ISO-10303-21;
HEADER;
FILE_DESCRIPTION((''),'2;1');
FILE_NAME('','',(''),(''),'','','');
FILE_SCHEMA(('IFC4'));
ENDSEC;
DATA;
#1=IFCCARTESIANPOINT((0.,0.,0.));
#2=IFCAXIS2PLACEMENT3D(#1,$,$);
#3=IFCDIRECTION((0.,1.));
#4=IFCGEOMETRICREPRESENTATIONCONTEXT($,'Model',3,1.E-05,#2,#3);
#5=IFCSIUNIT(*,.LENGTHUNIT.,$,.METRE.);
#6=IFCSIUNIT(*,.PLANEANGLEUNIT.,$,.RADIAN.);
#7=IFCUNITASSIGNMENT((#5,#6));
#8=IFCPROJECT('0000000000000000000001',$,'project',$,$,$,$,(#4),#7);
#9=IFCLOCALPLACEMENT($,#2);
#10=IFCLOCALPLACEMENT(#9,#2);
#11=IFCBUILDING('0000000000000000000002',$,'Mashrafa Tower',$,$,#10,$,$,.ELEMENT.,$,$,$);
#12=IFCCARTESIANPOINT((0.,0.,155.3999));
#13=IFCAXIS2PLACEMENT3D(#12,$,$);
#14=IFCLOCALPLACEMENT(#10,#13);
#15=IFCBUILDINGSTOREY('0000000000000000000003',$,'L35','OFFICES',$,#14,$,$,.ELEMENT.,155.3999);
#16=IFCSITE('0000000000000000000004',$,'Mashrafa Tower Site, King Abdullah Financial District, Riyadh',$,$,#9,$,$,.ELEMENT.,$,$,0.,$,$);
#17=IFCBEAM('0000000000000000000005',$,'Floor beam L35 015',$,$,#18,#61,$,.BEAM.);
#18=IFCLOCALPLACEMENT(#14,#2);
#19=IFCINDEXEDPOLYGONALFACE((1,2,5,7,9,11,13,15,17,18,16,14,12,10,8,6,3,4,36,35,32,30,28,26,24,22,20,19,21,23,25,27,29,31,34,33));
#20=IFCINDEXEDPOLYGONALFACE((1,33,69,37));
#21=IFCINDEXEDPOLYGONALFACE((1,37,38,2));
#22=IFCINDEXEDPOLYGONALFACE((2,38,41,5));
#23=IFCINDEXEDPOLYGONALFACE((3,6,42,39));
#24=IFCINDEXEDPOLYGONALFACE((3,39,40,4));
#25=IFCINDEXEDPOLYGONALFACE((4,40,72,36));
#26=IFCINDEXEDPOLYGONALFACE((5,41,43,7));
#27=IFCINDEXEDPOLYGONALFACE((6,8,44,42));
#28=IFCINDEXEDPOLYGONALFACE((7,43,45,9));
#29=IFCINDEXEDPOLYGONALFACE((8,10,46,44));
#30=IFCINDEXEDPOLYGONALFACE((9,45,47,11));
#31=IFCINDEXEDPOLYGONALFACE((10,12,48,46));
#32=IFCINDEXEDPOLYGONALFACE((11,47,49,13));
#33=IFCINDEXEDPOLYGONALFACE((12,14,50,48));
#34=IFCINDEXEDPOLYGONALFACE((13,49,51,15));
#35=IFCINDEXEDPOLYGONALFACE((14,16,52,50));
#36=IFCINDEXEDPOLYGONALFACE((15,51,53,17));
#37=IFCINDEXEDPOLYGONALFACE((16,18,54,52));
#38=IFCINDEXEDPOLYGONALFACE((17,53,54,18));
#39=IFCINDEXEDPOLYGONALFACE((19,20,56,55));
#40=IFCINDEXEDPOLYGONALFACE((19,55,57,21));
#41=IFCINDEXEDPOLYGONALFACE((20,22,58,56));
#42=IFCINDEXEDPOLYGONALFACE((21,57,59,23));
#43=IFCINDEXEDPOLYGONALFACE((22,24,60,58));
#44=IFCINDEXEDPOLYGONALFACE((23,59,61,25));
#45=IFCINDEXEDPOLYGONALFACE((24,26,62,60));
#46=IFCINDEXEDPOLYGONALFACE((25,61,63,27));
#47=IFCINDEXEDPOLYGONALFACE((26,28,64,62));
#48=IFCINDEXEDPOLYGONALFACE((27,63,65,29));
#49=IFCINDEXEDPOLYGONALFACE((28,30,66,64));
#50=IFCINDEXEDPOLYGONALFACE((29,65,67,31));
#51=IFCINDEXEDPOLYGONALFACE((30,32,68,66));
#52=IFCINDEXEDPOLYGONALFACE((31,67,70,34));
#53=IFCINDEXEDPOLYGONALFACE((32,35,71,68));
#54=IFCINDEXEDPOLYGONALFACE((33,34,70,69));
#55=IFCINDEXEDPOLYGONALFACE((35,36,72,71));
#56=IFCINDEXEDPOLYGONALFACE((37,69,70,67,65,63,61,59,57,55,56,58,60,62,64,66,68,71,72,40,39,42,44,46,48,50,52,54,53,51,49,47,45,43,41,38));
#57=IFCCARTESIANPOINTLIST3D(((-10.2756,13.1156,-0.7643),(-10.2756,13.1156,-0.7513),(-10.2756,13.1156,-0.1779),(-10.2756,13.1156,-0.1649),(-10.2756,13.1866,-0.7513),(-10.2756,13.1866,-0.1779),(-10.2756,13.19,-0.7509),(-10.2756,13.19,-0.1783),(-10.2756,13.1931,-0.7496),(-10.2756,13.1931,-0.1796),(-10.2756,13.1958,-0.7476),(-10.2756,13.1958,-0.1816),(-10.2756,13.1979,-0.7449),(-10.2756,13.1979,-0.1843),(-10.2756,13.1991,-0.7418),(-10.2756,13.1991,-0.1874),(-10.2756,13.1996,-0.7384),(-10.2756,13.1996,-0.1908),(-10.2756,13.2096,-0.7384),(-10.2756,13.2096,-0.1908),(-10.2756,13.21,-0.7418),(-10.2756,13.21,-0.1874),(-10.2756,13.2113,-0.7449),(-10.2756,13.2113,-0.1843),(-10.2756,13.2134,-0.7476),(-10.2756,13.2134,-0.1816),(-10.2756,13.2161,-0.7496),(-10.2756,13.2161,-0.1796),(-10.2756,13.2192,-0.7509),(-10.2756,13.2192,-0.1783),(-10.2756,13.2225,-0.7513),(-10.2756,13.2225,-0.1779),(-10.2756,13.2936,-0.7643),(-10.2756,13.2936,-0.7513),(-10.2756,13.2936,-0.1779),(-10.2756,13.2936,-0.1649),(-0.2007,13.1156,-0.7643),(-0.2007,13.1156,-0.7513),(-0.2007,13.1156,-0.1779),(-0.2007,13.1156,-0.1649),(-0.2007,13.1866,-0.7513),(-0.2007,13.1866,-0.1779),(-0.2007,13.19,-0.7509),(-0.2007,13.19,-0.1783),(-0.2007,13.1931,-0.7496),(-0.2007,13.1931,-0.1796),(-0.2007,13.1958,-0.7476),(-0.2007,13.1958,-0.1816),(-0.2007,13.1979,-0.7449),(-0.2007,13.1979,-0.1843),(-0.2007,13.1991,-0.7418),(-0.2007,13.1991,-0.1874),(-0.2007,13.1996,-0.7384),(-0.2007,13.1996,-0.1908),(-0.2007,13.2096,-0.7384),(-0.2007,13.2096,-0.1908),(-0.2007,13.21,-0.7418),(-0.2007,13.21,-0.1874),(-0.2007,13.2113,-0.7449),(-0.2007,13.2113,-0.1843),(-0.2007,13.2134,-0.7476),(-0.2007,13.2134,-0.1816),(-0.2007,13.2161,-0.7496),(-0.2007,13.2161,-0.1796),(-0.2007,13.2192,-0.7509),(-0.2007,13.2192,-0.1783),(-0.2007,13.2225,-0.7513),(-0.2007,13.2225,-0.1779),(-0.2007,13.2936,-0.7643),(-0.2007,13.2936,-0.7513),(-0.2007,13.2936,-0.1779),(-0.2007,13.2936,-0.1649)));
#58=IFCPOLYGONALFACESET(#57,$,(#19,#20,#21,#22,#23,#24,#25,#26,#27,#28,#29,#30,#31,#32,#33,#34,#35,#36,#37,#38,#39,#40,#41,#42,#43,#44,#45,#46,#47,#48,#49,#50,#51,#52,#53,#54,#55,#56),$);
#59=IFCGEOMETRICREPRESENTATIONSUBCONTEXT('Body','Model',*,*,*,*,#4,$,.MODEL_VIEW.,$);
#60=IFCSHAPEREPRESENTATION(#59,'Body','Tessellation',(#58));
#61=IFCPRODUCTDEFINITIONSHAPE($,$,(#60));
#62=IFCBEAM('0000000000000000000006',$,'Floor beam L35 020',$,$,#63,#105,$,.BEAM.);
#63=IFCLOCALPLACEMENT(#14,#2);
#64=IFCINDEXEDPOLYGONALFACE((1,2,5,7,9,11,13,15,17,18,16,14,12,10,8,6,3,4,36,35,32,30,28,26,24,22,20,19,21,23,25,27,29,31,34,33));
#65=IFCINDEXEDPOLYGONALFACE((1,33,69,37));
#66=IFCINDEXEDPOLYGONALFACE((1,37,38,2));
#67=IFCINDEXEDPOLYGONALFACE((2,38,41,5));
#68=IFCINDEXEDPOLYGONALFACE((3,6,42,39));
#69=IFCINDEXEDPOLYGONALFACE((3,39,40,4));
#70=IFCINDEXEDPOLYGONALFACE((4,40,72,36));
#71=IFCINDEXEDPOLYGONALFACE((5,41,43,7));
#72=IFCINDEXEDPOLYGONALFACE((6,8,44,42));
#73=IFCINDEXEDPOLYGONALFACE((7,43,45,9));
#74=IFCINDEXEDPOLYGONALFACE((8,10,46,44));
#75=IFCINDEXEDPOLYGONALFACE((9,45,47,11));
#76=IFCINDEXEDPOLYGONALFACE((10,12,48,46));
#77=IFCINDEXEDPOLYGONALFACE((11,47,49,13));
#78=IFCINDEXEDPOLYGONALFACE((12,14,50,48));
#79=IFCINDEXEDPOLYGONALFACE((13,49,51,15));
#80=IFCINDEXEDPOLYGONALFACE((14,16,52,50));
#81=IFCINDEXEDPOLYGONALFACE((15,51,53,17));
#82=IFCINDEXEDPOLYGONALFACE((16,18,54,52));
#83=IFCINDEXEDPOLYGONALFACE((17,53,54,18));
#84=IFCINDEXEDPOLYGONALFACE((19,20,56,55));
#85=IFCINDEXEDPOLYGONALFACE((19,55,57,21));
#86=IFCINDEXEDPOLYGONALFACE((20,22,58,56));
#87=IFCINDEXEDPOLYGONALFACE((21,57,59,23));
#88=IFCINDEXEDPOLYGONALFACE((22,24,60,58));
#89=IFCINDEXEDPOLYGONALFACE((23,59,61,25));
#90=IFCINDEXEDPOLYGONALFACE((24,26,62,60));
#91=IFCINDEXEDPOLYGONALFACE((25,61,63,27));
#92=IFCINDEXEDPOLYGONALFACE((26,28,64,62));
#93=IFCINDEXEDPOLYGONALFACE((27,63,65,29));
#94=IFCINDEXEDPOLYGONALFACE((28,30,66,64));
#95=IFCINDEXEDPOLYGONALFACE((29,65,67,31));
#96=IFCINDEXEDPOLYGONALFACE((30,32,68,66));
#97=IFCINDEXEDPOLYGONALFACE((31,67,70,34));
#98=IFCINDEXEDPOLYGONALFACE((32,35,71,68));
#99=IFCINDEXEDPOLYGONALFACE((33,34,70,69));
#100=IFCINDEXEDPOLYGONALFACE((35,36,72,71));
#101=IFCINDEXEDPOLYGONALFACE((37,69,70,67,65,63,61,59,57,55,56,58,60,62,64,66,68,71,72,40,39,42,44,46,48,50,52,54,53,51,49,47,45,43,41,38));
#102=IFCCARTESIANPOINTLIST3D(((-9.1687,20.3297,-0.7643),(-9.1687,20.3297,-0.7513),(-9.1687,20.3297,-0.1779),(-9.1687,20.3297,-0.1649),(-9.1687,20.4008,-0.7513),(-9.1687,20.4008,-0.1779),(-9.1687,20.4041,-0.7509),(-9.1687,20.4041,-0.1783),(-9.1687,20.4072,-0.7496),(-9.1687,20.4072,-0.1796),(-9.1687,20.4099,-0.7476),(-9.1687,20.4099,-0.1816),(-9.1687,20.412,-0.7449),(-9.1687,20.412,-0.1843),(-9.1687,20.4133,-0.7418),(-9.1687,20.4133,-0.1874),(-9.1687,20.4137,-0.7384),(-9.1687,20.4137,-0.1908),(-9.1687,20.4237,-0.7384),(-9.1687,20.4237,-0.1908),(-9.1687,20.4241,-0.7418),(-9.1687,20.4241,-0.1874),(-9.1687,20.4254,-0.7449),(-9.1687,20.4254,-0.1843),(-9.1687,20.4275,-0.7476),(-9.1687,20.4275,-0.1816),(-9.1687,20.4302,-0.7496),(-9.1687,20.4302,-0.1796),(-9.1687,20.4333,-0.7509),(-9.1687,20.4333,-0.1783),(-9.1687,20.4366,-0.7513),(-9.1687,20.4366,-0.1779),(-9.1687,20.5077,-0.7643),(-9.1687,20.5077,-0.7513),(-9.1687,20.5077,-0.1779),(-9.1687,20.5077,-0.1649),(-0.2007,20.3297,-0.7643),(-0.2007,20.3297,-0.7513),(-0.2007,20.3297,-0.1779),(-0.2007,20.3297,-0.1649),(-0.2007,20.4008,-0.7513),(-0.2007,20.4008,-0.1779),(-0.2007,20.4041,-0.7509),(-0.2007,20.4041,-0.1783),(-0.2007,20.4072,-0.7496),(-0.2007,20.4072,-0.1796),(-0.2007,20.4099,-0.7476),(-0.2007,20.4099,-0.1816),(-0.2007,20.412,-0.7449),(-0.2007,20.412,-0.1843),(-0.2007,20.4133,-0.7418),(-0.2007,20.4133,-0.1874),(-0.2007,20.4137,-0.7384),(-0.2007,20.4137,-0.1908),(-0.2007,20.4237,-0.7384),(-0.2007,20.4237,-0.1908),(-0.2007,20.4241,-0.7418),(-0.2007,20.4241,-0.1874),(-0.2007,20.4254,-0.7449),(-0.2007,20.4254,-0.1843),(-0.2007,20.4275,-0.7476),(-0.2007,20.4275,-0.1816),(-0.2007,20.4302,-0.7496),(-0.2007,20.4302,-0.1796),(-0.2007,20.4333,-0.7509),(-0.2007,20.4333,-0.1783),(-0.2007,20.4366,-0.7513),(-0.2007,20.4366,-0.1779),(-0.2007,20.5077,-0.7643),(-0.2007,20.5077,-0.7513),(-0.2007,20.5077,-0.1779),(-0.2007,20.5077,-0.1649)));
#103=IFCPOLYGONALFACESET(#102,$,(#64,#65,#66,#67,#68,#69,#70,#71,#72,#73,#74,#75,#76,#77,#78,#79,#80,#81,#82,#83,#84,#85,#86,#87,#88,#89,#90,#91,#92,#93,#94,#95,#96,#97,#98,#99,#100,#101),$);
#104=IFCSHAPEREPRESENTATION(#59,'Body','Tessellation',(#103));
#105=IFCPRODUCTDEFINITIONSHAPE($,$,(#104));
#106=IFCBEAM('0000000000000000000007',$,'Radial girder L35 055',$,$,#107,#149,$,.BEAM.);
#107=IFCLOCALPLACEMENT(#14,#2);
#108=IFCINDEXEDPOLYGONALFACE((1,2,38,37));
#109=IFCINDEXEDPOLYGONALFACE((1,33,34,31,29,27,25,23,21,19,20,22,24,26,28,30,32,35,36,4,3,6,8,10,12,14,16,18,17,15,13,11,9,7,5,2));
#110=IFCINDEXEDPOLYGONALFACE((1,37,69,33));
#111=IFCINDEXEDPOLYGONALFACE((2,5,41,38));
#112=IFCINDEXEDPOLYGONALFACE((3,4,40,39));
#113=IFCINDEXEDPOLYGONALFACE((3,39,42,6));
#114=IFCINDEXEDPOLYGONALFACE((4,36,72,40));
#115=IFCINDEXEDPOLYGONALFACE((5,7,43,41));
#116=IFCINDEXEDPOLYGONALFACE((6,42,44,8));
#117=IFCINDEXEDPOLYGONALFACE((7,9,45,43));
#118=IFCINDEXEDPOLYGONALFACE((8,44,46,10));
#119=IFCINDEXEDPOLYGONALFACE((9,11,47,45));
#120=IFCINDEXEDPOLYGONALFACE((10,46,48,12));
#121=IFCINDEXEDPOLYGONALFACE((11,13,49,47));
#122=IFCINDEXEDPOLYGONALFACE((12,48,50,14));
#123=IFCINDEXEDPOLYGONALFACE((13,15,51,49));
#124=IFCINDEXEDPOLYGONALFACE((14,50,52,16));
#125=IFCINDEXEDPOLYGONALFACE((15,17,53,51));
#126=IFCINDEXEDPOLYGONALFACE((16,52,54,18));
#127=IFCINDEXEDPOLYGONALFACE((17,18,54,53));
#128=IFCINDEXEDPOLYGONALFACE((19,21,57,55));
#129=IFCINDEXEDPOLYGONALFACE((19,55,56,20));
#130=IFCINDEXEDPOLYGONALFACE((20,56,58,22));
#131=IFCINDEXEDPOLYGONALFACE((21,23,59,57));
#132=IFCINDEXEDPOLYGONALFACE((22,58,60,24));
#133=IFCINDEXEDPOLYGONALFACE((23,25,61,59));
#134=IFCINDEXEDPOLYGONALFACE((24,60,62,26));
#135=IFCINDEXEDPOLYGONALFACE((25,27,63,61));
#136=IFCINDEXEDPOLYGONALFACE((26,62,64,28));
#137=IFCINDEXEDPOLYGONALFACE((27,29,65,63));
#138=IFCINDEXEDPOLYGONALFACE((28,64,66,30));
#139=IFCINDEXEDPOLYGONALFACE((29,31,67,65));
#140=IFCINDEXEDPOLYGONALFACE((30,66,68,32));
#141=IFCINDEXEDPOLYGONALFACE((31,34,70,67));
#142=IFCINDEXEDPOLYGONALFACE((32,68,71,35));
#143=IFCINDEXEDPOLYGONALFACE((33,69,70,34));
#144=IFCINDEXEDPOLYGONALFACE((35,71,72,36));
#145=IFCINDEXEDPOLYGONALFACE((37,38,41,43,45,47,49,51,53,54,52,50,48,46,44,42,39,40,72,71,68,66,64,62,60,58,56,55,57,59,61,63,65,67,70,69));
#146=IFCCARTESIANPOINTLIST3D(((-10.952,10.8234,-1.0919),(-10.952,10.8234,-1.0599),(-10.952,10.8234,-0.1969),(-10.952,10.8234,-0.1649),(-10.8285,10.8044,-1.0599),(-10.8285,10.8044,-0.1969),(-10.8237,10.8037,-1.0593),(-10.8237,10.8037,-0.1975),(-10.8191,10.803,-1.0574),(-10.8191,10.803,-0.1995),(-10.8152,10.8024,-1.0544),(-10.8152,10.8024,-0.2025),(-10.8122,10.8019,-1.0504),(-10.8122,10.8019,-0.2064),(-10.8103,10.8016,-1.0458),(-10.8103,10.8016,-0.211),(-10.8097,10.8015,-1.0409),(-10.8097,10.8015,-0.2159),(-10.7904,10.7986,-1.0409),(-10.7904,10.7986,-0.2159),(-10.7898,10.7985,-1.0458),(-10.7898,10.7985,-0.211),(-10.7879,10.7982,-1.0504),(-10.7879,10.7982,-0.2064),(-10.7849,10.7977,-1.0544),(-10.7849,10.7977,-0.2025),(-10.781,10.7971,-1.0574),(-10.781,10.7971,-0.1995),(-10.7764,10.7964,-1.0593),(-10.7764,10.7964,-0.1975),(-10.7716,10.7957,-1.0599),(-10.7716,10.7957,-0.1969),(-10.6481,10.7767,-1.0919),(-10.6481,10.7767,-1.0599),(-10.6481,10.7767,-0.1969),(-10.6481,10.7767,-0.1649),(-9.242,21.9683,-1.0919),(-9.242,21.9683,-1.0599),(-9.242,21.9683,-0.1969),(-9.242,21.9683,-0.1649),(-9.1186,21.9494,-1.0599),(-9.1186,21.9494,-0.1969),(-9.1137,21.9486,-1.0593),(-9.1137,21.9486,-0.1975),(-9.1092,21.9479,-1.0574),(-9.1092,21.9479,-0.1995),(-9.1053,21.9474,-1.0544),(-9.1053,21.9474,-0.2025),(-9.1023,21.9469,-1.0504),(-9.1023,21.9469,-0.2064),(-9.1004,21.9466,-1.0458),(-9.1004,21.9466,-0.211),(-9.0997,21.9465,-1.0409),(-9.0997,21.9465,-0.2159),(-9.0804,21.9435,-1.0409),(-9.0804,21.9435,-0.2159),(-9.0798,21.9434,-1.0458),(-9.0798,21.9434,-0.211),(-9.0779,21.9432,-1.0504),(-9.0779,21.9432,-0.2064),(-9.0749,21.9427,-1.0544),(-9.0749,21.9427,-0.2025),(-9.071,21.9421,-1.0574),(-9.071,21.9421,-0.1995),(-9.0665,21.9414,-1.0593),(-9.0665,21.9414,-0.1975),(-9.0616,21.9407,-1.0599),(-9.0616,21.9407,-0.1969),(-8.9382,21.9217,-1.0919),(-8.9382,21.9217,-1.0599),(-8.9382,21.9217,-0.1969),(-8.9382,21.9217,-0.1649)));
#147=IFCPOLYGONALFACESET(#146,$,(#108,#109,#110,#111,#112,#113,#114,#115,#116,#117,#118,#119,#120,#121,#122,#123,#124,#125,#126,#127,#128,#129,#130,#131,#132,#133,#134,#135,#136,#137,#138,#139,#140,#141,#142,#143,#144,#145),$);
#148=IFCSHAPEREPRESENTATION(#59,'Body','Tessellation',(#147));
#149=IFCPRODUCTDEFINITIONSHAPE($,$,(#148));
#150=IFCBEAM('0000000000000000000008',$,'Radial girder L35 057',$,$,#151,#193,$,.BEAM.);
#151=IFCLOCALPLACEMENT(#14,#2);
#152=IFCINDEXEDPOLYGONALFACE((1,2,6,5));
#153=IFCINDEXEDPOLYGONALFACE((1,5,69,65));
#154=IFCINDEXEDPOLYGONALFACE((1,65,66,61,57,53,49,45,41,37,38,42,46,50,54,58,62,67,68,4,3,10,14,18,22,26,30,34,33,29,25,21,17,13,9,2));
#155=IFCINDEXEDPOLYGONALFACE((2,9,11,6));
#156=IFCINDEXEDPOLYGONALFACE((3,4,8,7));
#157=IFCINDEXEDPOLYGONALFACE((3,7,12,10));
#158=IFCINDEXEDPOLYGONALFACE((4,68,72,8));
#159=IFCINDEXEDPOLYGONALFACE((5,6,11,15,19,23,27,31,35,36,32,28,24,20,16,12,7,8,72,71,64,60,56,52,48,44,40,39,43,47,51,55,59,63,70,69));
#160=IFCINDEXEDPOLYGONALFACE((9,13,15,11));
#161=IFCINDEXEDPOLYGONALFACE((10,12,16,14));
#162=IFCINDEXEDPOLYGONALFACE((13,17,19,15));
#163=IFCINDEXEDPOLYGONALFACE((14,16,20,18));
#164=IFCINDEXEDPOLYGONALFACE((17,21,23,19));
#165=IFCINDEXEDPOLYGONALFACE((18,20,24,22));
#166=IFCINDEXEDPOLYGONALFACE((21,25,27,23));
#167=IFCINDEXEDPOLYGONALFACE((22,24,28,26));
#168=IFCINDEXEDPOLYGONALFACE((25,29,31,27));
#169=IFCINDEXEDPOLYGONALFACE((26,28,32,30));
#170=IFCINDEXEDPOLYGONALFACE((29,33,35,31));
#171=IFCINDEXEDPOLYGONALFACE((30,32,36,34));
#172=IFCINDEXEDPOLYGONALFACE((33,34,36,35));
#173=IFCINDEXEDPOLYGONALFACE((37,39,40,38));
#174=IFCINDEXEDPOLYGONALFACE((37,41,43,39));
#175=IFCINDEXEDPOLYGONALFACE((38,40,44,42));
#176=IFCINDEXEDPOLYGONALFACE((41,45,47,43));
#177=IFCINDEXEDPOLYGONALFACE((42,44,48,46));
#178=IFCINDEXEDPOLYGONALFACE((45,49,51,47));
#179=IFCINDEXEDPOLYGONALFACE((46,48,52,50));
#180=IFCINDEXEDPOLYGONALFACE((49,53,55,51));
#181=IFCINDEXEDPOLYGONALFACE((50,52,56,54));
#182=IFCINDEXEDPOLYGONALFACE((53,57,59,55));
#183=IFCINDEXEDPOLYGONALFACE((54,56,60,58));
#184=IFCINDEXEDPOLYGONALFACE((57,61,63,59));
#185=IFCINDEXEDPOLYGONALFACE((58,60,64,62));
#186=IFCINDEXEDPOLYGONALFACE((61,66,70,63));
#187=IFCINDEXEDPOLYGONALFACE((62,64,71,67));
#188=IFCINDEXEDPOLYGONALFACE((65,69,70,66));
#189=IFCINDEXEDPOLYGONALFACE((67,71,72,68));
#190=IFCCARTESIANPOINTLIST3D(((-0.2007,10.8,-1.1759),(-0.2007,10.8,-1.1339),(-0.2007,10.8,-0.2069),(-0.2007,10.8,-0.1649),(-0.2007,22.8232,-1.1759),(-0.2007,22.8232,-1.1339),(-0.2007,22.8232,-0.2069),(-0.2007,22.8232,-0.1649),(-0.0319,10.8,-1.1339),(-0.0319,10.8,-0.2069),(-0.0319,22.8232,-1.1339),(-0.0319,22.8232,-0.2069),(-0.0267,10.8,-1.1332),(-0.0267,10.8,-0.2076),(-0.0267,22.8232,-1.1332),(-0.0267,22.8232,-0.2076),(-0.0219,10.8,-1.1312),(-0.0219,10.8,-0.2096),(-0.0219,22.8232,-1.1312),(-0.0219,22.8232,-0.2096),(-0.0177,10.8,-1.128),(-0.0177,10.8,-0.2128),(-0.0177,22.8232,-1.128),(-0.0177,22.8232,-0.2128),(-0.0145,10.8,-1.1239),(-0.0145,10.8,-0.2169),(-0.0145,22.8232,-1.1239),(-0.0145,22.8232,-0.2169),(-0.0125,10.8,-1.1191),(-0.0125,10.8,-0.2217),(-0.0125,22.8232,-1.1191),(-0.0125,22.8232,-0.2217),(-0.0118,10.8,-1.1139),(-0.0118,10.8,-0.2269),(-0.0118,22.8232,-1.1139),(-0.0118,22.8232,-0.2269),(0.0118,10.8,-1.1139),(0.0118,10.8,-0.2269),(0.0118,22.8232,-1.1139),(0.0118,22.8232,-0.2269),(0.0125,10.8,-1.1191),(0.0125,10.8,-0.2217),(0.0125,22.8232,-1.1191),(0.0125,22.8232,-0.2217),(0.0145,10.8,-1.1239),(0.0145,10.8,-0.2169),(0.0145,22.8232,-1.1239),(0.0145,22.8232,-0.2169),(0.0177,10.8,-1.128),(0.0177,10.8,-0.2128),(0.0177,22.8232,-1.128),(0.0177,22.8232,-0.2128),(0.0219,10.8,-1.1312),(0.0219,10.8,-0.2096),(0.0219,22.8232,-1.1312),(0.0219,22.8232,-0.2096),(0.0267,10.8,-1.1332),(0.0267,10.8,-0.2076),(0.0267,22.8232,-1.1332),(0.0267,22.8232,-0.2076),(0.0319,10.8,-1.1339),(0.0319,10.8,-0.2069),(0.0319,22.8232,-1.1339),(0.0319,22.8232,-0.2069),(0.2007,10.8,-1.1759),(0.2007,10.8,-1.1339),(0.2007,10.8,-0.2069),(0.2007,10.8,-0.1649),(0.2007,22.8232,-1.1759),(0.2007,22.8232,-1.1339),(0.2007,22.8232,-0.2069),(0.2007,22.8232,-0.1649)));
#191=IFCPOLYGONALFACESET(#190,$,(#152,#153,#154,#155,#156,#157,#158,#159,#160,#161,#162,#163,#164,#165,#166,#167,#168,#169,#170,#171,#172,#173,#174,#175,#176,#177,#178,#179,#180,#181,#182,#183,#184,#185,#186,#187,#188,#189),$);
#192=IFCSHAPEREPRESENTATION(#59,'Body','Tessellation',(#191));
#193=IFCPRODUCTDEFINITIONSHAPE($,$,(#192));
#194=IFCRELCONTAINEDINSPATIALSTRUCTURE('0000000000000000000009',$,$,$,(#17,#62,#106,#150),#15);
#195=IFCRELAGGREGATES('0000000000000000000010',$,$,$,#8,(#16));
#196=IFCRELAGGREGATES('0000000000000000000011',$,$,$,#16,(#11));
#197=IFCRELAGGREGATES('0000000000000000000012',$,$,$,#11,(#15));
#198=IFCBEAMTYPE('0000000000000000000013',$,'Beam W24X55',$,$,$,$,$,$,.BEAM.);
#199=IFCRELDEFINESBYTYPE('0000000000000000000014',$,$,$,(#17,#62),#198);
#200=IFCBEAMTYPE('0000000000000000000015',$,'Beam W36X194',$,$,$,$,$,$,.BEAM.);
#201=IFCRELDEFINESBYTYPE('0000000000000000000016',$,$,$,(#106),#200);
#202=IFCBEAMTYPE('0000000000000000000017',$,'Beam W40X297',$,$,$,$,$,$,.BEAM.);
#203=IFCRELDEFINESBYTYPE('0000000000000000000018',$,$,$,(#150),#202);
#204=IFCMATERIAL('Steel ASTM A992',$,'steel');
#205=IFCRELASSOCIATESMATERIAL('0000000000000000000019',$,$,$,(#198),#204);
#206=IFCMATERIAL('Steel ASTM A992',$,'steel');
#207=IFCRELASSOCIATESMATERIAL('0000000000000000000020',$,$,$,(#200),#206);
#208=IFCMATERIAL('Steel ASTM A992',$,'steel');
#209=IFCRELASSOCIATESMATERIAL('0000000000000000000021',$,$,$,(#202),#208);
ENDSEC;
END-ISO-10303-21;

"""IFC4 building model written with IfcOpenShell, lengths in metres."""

from ifc_helpers import new_model, si_unit, direction, frame, origin, origin_2d, place, context, subcontext, project, spatial, i_section, extrude, material, material_profile, profile_set, type_object, element, save


model = new_model("IFC4")

# Units and contexts
model_context = context("Model", 3, precision=1e-05, world=origin(), true_north=direction((0.0, 1.0)))
body_context = subcontext(model_context, "Body", "Model", "MODEL_VIEW")
ifc_project = project(units=[si_unit("LENGTHUNIT", "METRE"), si_unit("PLANEANGLEUNIT", "RADIAN")], contexts=[model_context])

# Site, building, storey
site_placement = place(None, origin())
site = spatial("IfcSite", under=ifc_project, at=site_placement, Name="Mashrafa Tower Site, King Abdullah Financial District, Riyadh", CompositionType="ELEMENT", RefElevation=0.0)
building_placement = place(site_placement, origin())
building = spatial("IfcBuilding", under=site, at=building_placement, Name="Mashrafa Tower", CompositionType="ELEMENT")
storey_placement = place(building_placement, frame((0.0, 0.0, 155.3999)))
storey = spatial("IfcBuildingStorey", under=building, at=storey_placement, Name="L35", Description="OFFICES", CompositionType="ELEMENT", Elevation=155.3999)

# Beams
ifc_material_1 = material(Name="Steel ASTM A992", Category="steel")
ifc_material_profile_1 = material_profile(ifc_material_1, i_section(OverallWidth=0.178, OverallDepth=0.5994, WebThickness=0.01, FlangeThickness=0.0129, FilletRadius=0.0129, at=origin_2d()), Name="W24X55")
ifc_profile_set_1 = profile_set([ifc_material_profile_1], Name="Steel ASTM A992")
beam_type_1 = type_object("IfcBeamType", Name="Beam W24X55", PredefinedType="BEAM", material=ifc_profile_set_1)
beam_1_placement = place(storey_placement, frame((-10.2756, 13.2046, -0.4646), z_axis=(1.0, 0.0, 0.0), x_axis=(0.0, 1.0, 0.0)))
element("IfcBeam", 1, at=beam_1_placement, inside=storey, type_object=beam_type_1, Name="Floor beam L35 015", PredefinedType="BEAM", context=body_context, shape_type="SweptSolid", body=[
    extrude(i_section(OverallWidth=0.178, OverallDepth=0.5994, WebThickness=0.01, FlangeThickness=0.0129, FilletRadius=0.0129, at=origin_2d()), origin(), (0.0, 0.0, 1.0), 10.075),
])
beam_2_placement = place(storey_placement, frame((-9.1687, 20.4187, -0.4646), z_axis=(1.0, 0.0, 0.0), x_axis=(0.0, 1.0, 0.0)))
element("IfcBeam", 2, at=beam_2_placement, inside=storey, type_object=beam_type_1, Name="Floor beam L35 020", PredefinedType="BEAM", context=body_context, shape_type="SweptSolid", body=[
    extrude(i_section(OverallWidth=0.178, OverallDepth=0.5994, WebThickness=0.01, FlangeThickness=0.0129, FilletRadius=0.0129, at=origin_2d()), origin(), (0.0, 0.0, 1.0), 8.968),
])
ifc_material_2 = material(Name="Steel ASTM A992", Category="steel")
ifc_material_profile_2 = material_profile(ifc_material_2, i_section(OverallWidth=0.3074, OverallDepth=0.927, WebThickness=0.0195, FlangeThickness=0.032, FilletRadius=0.019, at=origin_2d()), Name="W36X194")
ifc_profile_set_2 = profile_set([ifc_material_profile_2], Name="Steel ASTM A992")
beam_type_2 = type_object("IfcBeamType", Name="Beam W36X194", PredefinedType="BEAM", material=ifc_profile_set_2)
beam_3_placement = place(storey_placement, frame((-10.8, 10.8, -0.6284), z_axis=(0.151654, 0.988434, 0.0), x_axis=(-0.988434, 0.151654, 0.0)))
element("IfcBeam", 3, at=beam_3_placement, inside=storey, type_object=beam_type_2, Name="Radial girder L35 055", PredefinedType="BEAM", context=body_context, shape_type="SweptSolid", body=[
    extrude(i_section(OverallWidth=0.3074, OverallDepth=0.927, WebThickness=0.0195, FlangeThickness=0.032, FilletRadius=0.019, at=origin_2d()), origin(), (0.0, 0.0, 1.0), 11.2754),
])
ifc_material_3 = material(Name="Steel ASTM A992", Category="steel")
ifc_material_profile_3 = material_profile(ifc_material_3, i_section(OverallWidth=0.4014, OverallDepth=1.011, WebThickness=0.0237, FlangeThickness=0.042, FilletRadius=0.02, at=origin_2d()), Name="W40X297")
ifc_profile_set_3 = profile_set([ifc_material_profile_3], Name="Steel ASTM A992")
beam_type_3 = type_object("IfcBeamType", Name="Beam W40X297", PredefinedType="BEAM", material=ifc_profile_set_3)
beam_4_placement = place(storey_placement, frame((0.0, 10.8, -0.6704), z_axis=(0.0, 1.0, 0.0), x_axis=(-1.0, 0.0, 0.0)))
element("IfcBeam", 4, at=beam_4_placement, inside=storey, type_object=beam_type_3, Name="Radial girder L35 057", PredefinedType="BEAM", context=body_context, shape_type="SweptSolid", body=[
    extrude(i_section(OverallWidth=0.4014, OverallDepth=1.011, WebThickness=0.0237, FlangeThickness=0.042, FilletRadius=0.02, at=origin_2d()), origin(), (0.0, 0.0, 1.0), 12.0232),
])

save(model, "model.ifc")
